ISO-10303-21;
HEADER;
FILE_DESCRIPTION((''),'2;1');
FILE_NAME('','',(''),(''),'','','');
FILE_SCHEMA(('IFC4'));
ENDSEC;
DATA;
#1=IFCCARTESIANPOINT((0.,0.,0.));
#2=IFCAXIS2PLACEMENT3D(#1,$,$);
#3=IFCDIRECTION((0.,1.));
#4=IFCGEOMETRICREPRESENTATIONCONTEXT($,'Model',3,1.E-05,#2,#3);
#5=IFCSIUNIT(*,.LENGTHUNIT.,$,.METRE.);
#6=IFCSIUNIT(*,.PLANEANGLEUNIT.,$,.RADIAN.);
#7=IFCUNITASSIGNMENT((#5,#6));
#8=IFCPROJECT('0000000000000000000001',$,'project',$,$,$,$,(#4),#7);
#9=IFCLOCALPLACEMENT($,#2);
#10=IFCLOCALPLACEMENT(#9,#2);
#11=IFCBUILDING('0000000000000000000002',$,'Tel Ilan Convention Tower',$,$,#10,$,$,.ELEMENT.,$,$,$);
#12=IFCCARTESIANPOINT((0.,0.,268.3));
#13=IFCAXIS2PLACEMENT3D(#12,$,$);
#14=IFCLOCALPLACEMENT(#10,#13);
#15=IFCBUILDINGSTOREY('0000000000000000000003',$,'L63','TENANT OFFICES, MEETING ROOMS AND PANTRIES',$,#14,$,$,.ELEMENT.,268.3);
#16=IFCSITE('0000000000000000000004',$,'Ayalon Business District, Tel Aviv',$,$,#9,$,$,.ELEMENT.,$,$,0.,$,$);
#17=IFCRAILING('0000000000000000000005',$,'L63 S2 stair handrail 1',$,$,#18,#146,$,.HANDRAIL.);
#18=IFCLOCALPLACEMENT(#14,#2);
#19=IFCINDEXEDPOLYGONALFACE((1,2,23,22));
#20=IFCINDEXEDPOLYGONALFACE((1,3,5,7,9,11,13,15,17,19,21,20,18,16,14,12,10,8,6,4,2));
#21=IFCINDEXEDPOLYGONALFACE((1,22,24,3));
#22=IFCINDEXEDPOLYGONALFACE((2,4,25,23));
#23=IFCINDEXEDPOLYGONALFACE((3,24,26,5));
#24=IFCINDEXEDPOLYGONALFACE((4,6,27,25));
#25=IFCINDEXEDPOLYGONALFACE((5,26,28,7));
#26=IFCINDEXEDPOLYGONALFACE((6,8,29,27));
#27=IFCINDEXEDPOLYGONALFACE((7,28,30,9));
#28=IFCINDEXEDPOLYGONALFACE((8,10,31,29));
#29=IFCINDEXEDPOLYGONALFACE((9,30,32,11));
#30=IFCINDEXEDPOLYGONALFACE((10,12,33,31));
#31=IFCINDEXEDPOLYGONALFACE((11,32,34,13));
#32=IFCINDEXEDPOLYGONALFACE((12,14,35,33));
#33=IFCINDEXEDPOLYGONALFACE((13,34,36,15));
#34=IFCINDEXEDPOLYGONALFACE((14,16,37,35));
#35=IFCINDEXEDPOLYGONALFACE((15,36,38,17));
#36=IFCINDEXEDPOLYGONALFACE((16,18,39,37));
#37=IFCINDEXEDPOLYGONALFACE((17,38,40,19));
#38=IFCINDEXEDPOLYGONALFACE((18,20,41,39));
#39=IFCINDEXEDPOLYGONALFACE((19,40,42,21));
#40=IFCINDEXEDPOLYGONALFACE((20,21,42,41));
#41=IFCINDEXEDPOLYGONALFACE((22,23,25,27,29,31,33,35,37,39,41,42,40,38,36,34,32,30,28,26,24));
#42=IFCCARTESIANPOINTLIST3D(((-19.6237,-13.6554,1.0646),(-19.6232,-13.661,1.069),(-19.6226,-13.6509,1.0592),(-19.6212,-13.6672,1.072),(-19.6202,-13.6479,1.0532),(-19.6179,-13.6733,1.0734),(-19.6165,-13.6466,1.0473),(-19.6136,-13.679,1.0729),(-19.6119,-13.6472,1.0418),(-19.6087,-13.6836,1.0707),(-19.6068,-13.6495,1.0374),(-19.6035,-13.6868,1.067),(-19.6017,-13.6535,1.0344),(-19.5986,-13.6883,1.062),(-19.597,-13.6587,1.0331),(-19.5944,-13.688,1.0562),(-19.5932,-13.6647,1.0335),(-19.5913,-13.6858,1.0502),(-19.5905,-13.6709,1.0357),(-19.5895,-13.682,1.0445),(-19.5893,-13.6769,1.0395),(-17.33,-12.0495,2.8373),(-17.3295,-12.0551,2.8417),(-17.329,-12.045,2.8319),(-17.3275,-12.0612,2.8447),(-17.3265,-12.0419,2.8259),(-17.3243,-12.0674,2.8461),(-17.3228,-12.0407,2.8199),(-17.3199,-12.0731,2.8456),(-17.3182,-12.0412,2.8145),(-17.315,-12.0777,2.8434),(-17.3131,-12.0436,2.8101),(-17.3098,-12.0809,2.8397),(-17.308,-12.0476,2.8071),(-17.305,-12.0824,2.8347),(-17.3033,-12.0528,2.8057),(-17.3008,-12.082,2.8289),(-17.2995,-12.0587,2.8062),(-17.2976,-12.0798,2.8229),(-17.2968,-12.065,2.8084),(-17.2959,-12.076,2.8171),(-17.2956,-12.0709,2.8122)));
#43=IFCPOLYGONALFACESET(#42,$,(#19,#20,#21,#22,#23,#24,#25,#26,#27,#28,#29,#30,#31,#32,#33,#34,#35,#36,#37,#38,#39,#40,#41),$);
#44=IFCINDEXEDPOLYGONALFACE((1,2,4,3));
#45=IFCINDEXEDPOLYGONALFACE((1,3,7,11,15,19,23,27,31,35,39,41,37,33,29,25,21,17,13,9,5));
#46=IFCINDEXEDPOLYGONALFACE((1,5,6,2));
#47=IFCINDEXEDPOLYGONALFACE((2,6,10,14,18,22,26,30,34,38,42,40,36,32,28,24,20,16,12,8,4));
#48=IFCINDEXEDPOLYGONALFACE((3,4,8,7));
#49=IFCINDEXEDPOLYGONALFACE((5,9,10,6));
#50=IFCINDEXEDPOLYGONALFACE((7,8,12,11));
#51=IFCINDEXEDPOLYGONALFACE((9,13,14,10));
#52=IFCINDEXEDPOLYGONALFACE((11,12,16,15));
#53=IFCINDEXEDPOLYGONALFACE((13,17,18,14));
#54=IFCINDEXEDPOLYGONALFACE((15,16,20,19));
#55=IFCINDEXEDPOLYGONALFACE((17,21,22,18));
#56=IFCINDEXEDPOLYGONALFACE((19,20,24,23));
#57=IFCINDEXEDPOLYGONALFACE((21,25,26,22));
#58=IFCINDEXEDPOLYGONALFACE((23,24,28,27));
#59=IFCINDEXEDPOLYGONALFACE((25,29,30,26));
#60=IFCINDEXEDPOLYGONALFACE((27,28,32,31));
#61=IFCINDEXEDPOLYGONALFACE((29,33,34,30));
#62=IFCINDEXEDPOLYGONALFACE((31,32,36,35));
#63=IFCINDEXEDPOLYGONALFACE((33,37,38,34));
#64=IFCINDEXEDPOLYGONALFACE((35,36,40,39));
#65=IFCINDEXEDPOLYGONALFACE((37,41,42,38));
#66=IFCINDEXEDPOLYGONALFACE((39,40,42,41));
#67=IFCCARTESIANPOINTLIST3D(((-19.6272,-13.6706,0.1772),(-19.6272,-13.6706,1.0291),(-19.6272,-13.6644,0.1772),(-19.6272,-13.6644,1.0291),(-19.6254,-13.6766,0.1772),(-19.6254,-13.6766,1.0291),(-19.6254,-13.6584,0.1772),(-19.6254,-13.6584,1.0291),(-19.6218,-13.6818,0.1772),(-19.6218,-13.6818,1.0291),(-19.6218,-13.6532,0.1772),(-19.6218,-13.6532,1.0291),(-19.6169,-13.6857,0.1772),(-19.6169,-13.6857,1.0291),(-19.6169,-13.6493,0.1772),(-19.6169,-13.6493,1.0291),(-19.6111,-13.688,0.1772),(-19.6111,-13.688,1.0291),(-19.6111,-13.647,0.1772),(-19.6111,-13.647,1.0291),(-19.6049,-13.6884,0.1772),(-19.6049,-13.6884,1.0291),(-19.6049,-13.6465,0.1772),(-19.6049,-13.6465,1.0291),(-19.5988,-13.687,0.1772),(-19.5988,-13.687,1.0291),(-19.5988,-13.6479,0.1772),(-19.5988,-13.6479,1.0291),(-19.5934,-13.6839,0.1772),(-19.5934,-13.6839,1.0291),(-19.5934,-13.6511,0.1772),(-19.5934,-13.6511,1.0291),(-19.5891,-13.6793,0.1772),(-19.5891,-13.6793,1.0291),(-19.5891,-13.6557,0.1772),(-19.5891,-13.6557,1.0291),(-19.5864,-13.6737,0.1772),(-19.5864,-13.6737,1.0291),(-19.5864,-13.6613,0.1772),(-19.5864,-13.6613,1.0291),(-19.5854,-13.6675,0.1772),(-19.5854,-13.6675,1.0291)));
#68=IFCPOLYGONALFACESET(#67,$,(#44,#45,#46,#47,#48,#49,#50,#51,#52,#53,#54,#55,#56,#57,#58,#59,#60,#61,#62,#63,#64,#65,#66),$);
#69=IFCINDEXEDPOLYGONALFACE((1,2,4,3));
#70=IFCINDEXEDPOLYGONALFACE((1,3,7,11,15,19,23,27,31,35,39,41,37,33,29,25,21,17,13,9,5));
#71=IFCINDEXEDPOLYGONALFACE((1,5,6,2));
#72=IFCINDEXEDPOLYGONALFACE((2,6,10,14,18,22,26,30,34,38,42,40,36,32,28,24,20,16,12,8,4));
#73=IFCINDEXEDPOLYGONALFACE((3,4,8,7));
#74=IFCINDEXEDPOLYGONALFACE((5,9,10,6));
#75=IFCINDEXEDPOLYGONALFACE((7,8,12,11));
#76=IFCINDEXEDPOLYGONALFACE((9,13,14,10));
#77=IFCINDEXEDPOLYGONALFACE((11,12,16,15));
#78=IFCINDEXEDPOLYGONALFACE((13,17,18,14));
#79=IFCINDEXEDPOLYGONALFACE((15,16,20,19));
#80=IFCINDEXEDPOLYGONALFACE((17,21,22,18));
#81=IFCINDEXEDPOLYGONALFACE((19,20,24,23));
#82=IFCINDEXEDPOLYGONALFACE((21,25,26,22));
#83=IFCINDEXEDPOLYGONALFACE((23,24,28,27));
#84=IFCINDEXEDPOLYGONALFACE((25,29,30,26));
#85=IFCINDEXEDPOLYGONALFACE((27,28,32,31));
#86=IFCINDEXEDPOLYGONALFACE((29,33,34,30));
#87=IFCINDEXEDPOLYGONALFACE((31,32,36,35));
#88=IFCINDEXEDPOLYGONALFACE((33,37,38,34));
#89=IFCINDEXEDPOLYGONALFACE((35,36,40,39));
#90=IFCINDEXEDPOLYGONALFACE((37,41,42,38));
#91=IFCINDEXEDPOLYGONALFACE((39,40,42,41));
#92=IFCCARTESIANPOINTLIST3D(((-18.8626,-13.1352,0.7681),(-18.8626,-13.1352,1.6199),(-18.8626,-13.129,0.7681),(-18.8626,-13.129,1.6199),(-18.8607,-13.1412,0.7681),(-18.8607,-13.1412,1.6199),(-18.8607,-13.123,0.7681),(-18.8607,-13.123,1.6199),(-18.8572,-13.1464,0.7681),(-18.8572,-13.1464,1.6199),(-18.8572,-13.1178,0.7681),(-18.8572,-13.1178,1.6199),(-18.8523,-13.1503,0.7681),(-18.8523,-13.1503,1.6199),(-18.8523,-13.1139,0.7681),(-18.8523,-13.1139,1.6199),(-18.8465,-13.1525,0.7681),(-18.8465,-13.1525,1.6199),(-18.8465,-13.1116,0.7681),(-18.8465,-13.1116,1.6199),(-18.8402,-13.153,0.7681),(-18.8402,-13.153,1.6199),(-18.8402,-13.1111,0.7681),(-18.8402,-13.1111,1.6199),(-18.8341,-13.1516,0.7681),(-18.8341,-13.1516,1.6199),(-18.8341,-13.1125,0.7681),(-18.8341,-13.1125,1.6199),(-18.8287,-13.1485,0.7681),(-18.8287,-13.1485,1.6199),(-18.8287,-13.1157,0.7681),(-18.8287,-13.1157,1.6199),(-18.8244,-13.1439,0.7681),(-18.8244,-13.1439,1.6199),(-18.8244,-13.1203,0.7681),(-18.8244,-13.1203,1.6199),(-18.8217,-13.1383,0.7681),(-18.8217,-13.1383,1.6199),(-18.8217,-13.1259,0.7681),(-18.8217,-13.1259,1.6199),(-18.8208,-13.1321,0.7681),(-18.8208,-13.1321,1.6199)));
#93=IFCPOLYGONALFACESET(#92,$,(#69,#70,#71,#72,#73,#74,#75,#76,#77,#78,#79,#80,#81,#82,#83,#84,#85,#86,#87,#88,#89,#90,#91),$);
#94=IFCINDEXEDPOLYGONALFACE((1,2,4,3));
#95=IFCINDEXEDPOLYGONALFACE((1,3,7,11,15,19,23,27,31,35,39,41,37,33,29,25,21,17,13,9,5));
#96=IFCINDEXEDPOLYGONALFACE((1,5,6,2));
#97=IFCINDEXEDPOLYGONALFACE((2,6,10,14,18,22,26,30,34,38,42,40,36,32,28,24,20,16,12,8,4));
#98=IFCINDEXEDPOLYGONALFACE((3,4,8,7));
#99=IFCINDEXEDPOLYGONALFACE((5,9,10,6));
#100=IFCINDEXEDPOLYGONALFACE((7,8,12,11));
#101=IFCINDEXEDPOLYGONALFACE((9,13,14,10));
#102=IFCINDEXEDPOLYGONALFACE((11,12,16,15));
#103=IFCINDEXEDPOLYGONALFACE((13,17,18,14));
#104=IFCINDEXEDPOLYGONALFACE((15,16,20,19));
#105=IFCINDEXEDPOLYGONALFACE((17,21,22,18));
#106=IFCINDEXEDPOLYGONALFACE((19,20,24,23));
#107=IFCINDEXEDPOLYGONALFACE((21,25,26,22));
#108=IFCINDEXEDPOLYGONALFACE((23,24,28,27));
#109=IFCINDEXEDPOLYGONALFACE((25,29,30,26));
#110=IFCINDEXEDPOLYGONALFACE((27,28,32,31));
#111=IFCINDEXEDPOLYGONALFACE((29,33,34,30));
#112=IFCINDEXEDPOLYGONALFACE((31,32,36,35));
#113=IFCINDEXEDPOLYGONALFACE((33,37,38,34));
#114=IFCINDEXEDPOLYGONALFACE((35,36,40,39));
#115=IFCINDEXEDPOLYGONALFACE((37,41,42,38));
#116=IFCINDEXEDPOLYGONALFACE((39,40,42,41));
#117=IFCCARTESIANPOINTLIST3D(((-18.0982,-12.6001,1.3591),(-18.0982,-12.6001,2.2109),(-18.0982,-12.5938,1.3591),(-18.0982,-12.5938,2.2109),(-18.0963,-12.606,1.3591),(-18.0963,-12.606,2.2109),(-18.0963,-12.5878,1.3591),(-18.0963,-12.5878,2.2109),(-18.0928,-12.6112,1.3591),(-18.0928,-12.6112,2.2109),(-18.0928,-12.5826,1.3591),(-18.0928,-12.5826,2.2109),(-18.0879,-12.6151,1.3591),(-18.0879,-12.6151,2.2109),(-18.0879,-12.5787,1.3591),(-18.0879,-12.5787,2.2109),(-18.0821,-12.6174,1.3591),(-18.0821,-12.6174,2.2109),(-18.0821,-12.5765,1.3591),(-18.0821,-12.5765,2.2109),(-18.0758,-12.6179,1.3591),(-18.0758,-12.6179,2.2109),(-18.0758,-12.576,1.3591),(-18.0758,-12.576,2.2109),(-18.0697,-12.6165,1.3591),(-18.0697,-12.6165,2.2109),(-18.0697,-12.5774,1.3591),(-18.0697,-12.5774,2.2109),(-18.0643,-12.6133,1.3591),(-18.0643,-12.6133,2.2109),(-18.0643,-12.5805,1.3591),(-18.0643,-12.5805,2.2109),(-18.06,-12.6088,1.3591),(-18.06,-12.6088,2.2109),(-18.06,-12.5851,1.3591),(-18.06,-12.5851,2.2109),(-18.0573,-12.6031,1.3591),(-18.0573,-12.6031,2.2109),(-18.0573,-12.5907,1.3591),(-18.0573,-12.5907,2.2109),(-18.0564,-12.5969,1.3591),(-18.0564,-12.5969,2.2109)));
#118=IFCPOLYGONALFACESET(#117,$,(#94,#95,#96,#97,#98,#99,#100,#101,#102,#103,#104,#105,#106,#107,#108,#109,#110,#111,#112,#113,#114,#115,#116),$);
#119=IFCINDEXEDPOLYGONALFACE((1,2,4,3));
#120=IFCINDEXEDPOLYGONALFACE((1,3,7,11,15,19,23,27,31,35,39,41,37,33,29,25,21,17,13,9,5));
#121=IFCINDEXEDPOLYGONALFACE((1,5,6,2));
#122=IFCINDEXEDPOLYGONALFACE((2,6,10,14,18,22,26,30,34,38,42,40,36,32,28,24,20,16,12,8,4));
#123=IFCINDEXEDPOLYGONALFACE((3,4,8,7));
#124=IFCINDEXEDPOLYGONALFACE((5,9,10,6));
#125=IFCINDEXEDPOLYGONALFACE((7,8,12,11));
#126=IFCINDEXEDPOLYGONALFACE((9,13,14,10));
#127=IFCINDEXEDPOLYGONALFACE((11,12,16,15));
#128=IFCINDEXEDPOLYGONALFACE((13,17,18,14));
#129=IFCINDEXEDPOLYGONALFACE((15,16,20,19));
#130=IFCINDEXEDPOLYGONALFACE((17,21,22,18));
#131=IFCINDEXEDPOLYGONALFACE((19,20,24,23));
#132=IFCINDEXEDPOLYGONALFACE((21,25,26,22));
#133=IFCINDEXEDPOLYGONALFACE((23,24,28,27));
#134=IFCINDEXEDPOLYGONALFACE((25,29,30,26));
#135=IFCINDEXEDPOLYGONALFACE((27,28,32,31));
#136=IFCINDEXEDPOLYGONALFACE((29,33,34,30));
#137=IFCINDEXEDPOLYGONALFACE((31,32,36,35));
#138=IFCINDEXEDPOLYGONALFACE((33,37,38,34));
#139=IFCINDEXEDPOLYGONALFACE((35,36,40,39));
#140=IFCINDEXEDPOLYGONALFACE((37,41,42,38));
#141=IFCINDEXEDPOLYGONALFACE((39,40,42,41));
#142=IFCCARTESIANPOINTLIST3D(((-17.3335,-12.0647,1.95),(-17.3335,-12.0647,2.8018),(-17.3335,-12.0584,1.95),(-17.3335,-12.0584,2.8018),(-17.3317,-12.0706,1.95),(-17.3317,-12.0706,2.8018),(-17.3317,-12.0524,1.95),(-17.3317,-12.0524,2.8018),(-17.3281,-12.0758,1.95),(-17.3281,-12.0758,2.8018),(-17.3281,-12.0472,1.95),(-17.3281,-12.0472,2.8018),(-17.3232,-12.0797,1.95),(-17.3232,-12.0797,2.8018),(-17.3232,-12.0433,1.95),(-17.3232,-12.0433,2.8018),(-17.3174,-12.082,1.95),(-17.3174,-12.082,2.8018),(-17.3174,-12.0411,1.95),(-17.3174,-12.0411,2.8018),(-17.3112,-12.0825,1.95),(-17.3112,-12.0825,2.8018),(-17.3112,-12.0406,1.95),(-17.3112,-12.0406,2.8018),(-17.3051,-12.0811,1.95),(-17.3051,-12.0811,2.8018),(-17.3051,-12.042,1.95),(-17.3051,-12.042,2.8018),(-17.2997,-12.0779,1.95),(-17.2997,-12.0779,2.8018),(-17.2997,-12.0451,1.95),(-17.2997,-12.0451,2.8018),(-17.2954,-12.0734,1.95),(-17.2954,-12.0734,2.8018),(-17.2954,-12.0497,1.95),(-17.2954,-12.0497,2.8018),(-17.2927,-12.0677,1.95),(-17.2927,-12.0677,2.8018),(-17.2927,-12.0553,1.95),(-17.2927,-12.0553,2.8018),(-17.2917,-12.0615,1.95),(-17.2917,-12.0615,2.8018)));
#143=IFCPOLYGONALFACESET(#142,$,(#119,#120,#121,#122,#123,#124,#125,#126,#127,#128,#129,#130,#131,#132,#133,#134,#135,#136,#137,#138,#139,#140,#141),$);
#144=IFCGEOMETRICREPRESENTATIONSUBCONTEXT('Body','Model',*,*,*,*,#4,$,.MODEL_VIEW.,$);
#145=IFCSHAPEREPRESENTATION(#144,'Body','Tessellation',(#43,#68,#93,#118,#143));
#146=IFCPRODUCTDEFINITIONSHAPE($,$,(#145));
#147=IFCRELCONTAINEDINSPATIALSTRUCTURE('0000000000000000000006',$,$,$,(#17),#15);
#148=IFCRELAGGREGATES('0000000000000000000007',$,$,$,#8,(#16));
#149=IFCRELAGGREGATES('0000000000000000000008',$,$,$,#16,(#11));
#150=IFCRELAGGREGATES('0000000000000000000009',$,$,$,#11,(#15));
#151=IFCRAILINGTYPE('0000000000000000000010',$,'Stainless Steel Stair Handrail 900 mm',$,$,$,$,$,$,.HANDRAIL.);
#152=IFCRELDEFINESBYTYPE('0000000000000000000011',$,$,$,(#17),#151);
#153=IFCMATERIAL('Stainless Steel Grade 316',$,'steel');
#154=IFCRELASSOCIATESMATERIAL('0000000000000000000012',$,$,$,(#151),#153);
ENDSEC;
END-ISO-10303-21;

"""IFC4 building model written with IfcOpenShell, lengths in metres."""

from ifc_helpers import new_model, si_unit, direction, frame, origin, origin_2d, place, context, subcontext, project, spatial, circle, extrude, material, type_object, element, save


model = new_model("IFC4")

# Units and contexts
model_context = context("Model", 3, precision=1e-05, world=origin(), true_north=direction((0.0, 1.0)))
body_context = subcontext(model_context, "Body", "Model", "MODEL_VIEW")
ifc_project = project(units=[si_unit("LENGTHUNIT", "METRE"), si_unit("PLANEANGLEUNIT", "RADIAN")], contexts=[model_context])

# Site, building, storey
site_placement = place(None, origin())
site = spatial("IfcSite", under=ifc_project, at=site_placement, Name="Ayalon Business District, Tel Aviv", CompositionType="ELEMENT", RefElevation=0.0)
building_placement = place(site_placement, origin())
building = spatial("IfcBuilding", under=site, at=building_placement, Name="Tel Ilan Convention Tower", CompositionType="ELEMENT")
storey_placement = place(building_placement, frame((0.0, 0.0, 268.3)))
storey = spatial("IfcBuildingStorey", under=building, at=storey_placement, Name="L63", Description="TENANT OFFICES, MEETING ROOMS AND PANTRIES", CompositionType="ELEMENT", Elevation=268.3)

# Railing
ifc_material_1 = material(Name="Stainless Steel Grade 316", Category="steel")
railing_type = type_object("IfcRailingType", Name="Stainless Steel Stair Handrail 900 mm", PredefinedType="HANDRAIL", material=ifc_material_1)
railing_placement = place(storey_placement, frame((-19.6064, -13.6675, 0.1772)))
element("IfcRailing", 1, at=railing_placement, inside=storey, type_object=railing_type, Name="L63 S2 stair handrail 1", PredefinedType="HANDRAIL", context=body_context, shape_type="SweptSolid", body=[
    extrude(circle(Radius=0.0239, at=origin_2d()), frame((0.0, 0.0, 0.876), z_axis=(0.692123, 0.484597, 0.534913), x_axis=(-0.57355, 0.81917, 0.0)), (0.0, 0.0, 1.0), 3.314),
    extrude(circle(Radius=0.021, at=origin_2d()), origin(), (0.0, 0.0, 1.0), 0.8518),
    extrude(circle(Radius=0.021, at=origin_2d()), frame((0.7646, 0.5354, 0.5908)), (0.0, 0.0, 1.0), 0.8518),
    extrude(circle(Radius=0.021, at=origin_2d()), frame((1.5291, 1.0706, 1.1819)), (0.0, 0.0, 1.0), 0.8518),
    extrude(circle(Radius=0.021, at=origin_2d()), frame((2.2937, 1.606, 1.7727)), (0.0, 0.0, 1.0), 0.8518),
])

save(model, "model.ifc")
